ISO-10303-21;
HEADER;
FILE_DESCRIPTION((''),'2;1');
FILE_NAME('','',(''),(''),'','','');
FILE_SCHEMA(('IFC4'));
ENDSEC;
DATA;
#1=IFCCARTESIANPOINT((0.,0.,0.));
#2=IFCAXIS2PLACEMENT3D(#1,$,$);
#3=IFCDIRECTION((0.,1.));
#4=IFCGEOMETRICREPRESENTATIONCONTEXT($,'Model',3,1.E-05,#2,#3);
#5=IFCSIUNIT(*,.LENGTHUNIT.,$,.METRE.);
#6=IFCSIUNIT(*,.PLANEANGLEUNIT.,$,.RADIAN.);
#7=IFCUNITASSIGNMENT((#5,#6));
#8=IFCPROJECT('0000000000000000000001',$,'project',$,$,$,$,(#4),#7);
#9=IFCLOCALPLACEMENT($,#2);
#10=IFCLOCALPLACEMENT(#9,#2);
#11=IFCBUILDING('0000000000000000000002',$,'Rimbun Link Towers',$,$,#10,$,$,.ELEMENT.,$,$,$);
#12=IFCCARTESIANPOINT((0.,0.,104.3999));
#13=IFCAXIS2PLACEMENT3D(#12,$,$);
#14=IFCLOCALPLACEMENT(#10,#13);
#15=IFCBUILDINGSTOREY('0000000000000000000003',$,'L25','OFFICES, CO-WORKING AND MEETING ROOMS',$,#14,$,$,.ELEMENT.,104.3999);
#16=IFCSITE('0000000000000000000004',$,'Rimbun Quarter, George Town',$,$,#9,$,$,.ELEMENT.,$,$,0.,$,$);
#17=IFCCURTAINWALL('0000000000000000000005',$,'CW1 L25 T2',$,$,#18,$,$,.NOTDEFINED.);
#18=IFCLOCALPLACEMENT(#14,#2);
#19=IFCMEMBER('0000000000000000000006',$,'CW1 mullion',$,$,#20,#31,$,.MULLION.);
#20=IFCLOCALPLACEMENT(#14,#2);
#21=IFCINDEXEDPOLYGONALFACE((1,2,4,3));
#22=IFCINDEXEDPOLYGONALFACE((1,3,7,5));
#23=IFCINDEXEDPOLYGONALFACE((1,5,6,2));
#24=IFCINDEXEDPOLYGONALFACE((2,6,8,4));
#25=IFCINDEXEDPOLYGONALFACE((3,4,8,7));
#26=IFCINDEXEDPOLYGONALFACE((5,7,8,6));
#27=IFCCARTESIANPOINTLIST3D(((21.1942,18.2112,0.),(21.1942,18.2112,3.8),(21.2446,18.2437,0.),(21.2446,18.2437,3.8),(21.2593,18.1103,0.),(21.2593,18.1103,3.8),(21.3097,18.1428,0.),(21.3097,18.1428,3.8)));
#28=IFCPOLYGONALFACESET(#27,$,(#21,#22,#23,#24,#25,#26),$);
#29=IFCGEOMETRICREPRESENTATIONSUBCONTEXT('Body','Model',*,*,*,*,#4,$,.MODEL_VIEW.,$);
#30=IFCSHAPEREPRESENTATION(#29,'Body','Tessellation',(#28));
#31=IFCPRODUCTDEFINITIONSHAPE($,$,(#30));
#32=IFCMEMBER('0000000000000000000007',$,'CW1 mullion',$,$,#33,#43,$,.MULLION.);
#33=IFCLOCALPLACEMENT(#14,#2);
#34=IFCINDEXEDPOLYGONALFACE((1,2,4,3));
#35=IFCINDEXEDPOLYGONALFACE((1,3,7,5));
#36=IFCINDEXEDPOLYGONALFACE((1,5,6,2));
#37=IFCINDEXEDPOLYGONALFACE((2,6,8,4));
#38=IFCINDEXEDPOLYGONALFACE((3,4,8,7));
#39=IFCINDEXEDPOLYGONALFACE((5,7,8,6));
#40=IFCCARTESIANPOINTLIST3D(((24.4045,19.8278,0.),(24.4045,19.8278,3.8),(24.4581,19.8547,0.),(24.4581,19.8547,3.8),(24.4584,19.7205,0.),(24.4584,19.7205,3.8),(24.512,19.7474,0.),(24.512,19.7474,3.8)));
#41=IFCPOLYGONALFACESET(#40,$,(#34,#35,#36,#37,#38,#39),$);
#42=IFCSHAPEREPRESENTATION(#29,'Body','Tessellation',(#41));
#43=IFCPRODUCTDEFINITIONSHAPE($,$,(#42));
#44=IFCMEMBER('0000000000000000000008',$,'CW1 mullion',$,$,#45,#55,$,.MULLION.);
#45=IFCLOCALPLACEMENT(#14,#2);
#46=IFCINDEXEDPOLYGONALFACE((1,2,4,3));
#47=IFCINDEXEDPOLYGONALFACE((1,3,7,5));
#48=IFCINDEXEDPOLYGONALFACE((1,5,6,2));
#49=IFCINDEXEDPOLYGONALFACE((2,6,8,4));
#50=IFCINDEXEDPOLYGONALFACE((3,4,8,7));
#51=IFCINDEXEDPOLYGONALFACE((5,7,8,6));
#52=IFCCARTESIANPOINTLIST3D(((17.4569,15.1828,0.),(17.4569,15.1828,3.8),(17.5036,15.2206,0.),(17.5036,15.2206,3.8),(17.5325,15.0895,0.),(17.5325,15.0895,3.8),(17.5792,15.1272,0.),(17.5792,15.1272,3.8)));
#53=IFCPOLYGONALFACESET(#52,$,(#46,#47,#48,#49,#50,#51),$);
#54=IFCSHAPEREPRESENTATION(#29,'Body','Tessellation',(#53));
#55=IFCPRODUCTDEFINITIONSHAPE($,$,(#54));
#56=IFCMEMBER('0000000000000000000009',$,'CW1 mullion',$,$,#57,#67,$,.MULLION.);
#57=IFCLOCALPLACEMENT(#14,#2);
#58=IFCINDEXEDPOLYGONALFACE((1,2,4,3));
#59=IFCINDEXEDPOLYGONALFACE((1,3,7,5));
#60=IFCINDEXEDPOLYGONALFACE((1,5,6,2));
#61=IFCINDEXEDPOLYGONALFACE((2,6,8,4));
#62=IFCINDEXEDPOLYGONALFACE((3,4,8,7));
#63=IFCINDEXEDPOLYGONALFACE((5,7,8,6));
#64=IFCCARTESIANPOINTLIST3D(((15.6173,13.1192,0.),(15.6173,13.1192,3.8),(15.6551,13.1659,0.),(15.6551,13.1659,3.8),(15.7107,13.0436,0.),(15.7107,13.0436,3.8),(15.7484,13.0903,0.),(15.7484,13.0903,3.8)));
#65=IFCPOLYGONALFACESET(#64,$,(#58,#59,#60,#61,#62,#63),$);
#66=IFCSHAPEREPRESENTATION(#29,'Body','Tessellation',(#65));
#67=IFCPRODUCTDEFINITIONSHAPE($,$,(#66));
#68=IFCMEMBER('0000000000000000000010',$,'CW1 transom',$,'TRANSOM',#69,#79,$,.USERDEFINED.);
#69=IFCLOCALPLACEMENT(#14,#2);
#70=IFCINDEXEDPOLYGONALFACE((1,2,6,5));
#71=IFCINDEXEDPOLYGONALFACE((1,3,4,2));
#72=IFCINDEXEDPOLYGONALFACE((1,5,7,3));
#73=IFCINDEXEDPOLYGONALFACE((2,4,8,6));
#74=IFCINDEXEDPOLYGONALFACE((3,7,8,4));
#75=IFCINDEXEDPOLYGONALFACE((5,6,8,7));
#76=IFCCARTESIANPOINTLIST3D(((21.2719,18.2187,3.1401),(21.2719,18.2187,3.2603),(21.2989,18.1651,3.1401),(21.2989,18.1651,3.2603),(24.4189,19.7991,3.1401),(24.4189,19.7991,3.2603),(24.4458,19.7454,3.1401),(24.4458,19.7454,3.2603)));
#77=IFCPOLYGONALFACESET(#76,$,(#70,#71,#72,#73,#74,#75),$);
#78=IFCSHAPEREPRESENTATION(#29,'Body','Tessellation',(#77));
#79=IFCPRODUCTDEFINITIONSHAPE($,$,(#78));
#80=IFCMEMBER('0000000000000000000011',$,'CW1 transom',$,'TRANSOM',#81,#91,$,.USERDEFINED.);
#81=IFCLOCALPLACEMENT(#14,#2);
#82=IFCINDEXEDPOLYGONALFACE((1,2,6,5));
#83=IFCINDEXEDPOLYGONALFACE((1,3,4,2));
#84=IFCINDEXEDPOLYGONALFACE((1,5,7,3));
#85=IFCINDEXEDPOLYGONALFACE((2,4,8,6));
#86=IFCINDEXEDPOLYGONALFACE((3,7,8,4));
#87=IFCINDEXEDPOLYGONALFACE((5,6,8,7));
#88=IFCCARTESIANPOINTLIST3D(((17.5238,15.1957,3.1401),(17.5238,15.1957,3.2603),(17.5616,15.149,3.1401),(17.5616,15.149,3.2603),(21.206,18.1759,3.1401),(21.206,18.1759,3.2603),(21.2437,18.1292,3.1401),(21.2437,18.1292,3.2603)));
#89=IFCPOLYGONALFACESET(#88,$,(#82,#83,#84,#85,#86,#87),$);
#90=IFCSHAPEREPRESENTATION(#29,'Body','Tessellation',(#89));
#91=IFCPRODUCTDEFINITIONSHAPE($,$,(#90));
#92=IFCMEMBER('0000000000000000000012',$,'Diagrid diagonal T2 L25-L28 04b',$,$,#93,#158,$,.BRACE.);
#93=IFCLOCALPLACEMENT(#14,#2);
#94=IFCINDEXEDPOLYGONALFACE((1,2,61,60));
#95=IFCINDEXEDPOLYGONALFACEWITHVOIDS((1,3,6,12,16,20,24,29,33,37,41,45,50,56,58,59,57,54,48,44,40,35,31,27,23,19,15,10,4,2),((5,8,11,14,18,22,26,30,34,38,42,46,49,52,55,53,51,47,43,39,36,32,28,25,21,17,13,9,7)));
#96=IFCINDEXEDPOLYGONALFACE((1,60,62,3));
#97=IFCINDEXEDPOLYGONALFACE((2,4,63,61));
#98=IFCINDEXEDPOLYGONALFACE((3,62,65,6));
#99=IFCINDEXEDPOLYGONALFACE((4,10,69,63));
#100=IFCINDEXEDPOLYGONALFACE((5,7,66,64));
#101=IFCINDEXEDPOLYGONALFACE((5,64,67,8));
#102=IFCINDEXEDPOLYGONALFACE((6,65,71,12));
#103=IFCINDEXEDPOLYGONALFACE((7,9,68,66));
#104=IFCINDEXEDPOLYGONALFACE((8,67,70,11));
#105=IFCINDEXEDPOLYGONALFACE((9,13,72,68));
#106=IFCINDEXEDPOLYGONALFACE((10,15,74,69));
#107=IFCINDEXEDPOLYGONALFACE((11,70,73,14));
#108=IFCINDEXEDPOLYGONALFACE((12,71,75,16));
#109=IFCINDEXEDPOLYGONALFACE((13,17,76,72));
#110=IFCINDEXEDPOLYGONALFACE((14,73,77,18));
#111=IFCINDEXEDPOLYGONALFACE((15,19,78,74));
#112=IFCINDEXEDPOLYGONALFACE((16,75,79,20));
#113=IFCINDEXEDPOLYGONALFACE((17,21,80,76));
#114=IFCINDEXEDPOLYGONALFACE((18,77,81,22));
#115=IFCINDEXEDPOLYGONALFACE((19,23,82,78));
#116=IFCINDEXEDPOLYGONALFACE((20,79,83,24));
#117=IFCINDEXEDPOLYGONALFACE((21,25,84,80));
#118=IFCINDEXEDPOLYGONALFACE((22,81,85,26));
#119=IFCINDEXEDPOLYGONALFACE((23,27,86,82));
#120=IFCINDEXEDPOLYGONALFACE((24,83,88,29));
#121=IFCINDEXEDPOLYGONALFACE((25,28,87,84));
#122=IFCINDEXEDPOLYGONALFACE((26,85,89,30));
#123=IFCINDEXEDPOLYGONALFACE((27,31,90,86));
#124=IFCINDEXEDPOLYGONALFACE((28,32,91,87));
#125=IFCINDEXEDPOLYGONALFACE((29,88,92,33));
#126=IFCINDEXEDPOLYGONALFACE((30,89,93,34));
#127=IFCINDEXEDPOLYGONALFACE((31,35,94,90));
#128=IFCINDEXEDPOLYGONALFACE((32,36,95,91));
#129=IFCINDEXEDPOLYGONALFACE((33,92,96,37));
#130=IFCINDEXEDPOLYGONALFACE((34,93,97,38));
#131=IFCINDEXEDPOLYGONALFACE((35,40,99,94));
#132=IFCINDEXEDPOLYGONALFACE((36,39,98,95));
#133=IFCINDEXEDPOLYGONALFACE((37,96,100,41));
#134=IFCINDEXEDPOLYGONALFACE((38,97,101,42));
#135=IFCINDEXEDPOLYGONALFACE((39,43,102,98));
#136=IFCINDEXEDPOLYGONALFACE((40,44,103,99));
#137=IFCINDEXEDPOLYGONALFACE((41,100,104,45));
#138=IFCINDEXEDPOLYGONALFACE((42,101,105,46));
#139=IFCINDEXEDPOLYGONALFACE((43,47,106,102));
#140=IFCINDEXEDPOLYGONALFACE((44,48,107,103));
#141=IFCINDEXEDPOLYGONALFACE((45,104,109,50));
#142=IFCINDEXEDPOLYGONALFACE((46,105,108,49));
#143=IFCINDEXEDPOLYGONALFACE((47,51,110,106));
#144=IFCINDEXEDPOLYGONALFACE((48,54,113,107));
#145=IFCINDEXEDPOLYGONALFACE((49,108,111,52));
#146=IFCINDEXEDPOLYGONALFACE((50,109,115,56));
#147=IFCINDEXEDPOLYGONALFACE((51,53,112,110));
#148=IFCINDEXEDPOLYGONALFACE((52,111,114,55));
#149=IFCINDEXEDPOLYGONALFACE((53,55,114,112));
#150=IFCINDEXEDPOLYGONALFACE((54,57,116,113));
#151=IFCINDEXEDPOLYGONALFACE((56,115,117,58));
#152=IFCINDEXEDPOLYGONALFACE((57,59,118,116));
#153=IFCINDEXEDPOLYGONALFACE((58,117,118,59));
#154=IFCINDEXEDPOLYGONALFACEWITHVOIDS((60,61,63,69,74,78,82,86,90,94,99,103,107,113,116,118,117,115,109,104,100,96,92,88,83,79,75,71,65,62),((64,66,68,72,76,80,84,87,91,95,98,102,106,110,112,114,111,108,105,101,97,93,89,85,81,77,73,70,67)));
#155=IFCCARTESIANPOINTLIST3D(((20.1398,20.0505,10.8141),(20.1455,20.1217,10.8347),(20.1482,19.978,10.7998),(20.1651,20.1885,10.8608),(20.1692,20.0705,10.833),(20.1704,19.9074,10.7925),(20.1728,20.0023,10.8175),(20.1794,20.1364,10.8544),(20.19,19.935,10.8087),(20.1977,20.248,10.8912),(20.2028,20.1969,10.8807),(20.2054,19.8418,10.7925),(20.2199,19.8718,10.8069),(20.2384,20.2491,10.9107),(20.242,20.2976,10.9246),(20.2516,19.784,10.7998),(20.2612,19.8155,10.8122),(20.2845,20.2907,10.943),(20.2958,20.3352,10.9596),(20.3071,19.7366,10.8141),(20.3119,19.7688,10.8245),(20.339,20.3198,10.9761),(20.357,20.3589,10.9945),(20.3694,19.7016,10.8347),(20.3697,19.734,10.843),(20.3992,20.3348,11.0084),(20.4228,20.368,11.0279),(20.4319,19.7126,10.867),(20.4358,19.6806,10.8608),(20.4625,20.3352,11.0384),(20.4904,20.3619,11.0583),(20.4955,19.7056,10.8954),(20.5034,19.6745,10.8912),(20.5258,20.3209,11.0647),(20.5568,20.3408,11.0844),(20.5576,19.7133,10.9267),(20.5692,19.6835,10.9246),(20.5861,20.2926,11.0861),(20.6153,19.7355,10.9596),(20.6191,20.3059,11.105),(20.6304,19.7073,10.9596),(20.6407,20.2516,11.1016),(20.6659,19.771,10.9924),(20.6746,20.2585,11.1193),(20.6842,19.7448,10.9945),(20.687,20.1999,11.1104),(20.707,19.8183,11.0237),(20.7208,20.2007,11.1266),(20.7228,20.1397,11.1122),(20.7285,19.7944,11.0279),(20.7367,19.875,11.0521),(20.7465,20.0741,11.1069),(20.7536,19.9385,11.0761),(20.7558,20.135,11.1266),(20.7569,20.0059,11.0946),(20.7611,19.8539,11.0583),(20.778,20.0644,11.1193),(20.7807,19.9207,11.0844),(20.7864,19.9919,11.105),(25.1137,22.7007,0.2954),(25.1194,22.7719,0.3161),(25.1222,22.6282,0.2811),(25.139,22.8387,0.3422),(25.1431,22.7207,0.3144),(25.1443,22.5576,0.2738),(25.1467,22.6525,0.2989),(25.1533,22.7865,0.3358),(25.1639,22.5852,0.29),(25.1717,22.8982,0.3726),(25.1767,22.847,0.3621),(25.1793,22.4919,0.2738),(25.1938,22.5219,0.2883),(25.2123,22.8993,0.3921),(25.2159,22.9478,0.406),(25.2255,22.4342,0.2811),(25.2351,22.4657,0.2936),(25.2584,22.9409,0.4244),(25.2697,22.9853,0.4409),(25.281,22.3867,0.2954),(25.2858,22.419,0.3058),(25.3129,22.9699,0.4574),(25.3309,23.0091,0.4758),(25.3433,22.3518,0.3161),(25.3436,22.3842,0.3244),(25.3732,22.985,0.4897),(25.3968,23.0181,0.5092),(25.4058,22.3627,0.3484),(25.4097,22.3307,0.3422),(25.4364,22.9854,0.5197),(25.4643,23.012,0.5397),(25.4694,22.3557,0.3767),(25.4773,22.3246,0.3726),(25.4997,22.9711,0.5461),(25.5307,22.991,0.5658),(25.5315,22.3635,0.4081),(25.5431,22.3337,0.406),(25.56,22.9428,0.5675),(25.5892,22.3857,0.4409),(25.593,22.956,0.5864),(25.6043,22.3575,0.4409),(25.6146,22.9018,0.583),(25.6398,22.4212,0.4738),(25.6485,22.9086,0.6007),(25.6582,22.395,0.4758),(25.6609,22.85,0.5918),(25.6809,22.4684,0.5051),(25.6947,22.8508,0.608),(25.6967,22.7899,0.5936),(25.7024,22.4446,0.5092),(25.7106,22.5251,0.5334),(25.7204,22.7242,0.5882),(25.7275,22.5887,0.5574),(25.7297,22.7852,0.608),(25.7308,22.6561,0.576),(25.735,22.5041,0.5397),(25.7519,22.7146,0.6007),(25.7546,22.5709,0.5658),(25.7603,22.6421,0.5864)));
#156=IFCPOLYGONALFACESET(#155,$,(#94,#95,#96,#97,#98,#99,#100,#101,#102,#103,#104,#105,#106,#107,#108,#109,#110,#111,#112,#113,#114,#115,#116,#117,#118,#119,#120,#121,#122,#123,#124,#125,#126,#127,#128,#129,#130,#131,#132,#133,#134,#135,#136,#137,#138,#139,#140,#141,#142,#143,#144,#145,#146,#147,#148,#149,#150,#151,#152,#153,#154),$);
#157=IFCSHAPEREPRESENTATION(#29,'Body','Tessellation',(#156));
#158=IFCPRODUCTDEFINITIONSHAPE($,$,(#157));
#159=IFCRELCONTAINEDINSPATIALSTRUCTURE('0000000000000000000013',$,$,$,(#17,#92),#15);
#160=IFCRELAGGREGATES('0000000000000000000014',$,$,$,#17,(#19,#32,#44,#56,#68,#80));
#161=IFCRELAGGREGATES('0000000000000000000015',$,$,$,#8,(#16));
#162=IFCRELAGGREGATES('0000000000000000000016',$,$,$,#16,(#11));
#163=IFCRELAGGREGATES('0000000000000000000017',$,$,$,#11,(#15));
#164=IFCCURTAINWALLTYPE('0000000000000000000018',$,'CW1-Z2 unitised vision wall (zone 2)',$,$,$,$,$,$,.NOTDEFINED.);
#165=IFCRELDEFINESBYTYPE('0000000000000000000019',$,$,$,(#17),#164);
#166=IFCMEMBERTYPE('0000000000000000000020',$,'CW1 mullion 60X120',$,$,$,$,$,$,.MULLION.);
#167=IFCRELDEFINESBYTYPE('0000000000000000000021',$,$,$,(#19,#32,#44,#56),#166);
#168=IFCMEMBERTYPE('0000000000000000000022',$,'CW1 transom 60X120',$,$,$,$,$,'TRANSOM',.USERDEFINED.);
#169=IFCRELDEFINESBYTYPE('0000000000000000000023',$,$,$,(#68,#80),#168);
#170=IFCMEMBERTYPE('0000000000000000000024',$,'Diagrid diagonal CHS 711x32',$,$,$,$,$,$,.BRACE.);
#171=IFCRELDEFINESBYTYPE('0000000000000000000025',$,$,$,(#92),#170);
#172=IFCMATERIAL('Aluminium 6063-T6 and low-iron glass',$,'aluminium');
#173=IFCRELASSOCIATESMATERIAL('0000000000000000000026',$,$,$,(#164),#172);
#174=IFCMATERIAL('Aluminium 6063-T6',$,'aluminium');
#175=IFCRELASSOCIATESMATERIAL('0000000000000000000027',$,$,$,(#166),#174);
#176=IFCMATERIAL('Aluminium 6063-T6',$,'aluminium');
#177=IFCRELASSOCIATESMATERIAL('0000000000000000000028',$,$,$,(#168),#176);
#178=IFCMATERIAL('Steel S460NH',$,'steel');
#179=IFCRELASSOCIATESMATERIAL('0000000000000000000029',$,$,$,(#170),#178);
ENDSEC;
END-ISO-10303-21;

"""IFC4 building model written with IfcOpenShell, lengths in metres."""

from ifc_helpers import new_model, si_unit, direction, frame, origin, origin_2d, place, context, subcontext, project, spatial, rectangle, hollow_circle, extrude, material, material_profile, profile_set, type_object, element, aggregate, save


model = new_model("IFC4")

# Units and contexts
model_context = context("Model", 3, precision=1e-05, world=origin(), true_north=direction((0.0, 1.0)))
body_context = subcontext(model_context, "Body", "Model", "MODEL_VIEW")
ifc_project = project(units=[si_unit("LENGTHUNIT", "METRE"), si_unit("PLANEANGLEUNIT", "RADIAN")], contexts=[model_context])

# Site, building, storey
site_placement = place(None, origin())
site = spatial("IfcSite", under=ifc_project, at=site_placement, Name="Rimbun Quarter, George Town", CompositionType="ELEMENT", RefElevation=0.0)
building_placement = place(site_placement, origin())
building = spatial("IfcBuilding", under=site, at=building_placement, Name="Rimbun Link Towers", CompositionType="ELEMENT")
storey_placement = place(building_placement, frame((0.0, 0.0, 104.3999)))
storey = spatial("IfcBuildingStorey", under=building, at=storey_placement, Name="L25", Description="OFFICES, CO-WORKING AND MEETING ROOMS", CompositionType="ELEMENT", Elevation=104.3999)

# Curtain wall, members
ifc_material_1 = material(Name="Aluminium 6063-T6 and low-iron glass", Category="aluminium")
curtain_wall_type = type_object("IfcCurtainWallType", Name="CW1-Z2 unitised vision wall (zone 2)", PredefinedType="NOTDEFINED", material=ifc_material_1)
curtain_wall_placement = place(storey_placement, origin())
curtain_wall = element("IfcCurtainWall", 1, at=curtain_wall_placement, inside=storey, type_object=curtain_wall_type, Name="CW1 L25 T2", PredefinedType="NOTDEFINED")
ifc_material_2 = material(Name="Aluminium 6063-T6", Category="aluminium")
ifc_material_profile_1 = material_profile(ifc_material_2, rectangle(XDim=0.1201, YDim=0.0601, at=origin_2d()), Name="MULLION 60X120")
ifc_profile_set_1 = profile_set([ifc_material_profile_1], Name="Aluminium 6063-T6")
member_type_1 = type_object("IfcMemberType", Name="CW1 mullion 60X120", PredefinedType="MULLION", material=ifc_profile_set_1)
member_1_placement = place(storey_placement, frame((21.252, 18.177, 0.0), z_axis=(0.0, 0.0, 1.0), x_axis=(-0.542101, 0.840313, 0.0)))
member_1 = element("IfcMember", 2, at=member_1_placement, type_object=member_type_1, Name="CW1 mullion", PredefinedType="MULLION", context=body_context, shape_type="SweptSolid", body=[
    extrude(rectangle(XDim=0.1201, YDim=0.0601, at=origin_2d()), origin(), (0.0, 0.0, 1.0), 3.8),
])
member_2_placement = place(storey_placement, frame((24.4583, 19.7876, 0.0), z_axis=(0.0, 0.0, 1.0), x_axis=(-0.448789, 0.893638, 0.0)))
member_2 = element("IfcMember", 3, at=member_2_placement, type_object=member_type_1, Name="CW1 mullion", PredefinedType="MULLION", context=body_context, shape_type="SweptSolid", body=[
    extrude(rectangle(XDim=0.1201, YDim=0.0601, at=origin_2d()), origin(), (0.0, 0.0, 1.0), 3.8),
])
member_3_placement = place(storey_placement, frame((17.5181, 15.155, 0.0), z_axis=(0.0, 0.0, 1.0), x_axis=(-0.629151, 0.777283, 0.0)))
member_3 = element("IfcMember", 4, at=member_3_placement, type_object=member_type_1, Name="CW1 mullion", PredefinedType="MULLION", context=body_context, shape_type="SweptSolid", body=[
    extrude(rectangle(XDim=0.1201, YDim=0.0601, at=origin_2d()), origin(), (0.0, 0.0, 1.0), 3.8),
])
member_4_placement = place(storey_placement, frame((15.6829, 13.1047, 0.0), z_axis=(0.0, 0.0, 1.0), x_axis=(-0.777283, 0.629151, 0.0)))
member_4 = element("IfcMember", 5, at=member_4_placement, type_object=member_type_1, Name="CW1 mullion", PredefinedType="MULLION", context=body_context, shape_type="SweptSolid", body=[
    extrude(rectangle(XDim=0.1201, YDim=0.0601, at=origin_2d()), origin(), (0.0, 0.0, 1.0), 3.8),
])
ifc_material_3 = material(Name="Aluminium 6063-T6", Category="aluminium")
ifc_material_profile_2 = material_profile(ifc_material_3, rectangle(XDim=0.0601, YDim=0.1201, at=origin_2d()), Name="TRANSOM 60X120")
ifc_profile_set_2 = profile_set([ifc_material_profile_2], Name="Aluminium 6063-T6")
member_type_2 = type_object("IfcMemberType", Name="CW1 transom 60X120", ElementType="TRANSOM", PredefinedType="USERDEFINED", material=ifc_profile_set_2)
member_5_placement = place(storey_placement, frame((21.2854, 18.1919, 3.2002), z_axis=(0.893649, 0.448766, 0.0), x_axis=(-0.448766, 0.893649, 0.0)))
member_5 = element("IfcMember", 6, at=member_5_placement, type_object=member_type_2, Name="CW1 transom", ObjectType="TRANSOM", PredefinedType="USERDEFINED", context=body_context, shape_type="SweptSolid", body=[
    extrude(rectangle(XDim=0.0601, YDim=0.1201, at=origin_2d()), origin(), (0.0, 0.0, 1.0), 3.5215),
])
member_6_placement = place(storey_placement, frame((17.5427, 15.1724, 3.2002), z_axis=(0.777301, 0.629129, 0.0), x_axis=(-0.629129, 0.777301, 0.0)))
member_6 = element("IfcMember", 7, at=member_6_placement, type_object=member_type_2, Name="CW1 transom", ObjectType="TRANSOM", PredefinedType="USERDEFINED", context=body_context, shape_type="SweptSolid", body=[
    extrude(rectangle(XDim=0.0601, YDim=0.1201, at=origin_2d()), origin(), (0.0, 0.0, 1.0), 4.7371),
])

# Member
ifc_material_4 = material(Name="Steel S460NH", Category="steel")
ifc_material_profile_3 = material_profile(ifc_material_4, hollow_circle(Radius=0.3557, WallThickness=0.032, at=origin_2d()), Name="Diagrid diagonal CHS 711x32")
ifc_profile_set_3 = profile_set([ifc_material_profile_3], Name="Steel S460NH")
member_type_3 = type_object("IfcMemberType", Name="Diagrid diagonal CHS 711x32", PredefinedType="BRACE", material=ifc_profile_set_3)
member_7_placement = place(storey_placement, frame((25.437, 22.6714, 0.4409), z_axis=(-0.416808, -0.222081, 0.881448), x_axis=(0.470231, -0.882544, 0.0)))
element("IfcMember", 8, at=member_7_placement, inside=storey, type_object=member_type_3, Name="Diagrid diagonal T2 L25-L28 04b", PredefinedType="BRACE", context=body_context, shape_type="SweptSolid", body=[
    extrude(hollow_circle(Radius=0.3557, WallThickness=0.032, at=origin_2d()), origin(), (0.0, 0.0, 1.0), 11.9333),
])

aggregate(curtain_wall, [member_1, member_2, member_3, member_4, member_5, member_6])

save(model, "model.ifc")
